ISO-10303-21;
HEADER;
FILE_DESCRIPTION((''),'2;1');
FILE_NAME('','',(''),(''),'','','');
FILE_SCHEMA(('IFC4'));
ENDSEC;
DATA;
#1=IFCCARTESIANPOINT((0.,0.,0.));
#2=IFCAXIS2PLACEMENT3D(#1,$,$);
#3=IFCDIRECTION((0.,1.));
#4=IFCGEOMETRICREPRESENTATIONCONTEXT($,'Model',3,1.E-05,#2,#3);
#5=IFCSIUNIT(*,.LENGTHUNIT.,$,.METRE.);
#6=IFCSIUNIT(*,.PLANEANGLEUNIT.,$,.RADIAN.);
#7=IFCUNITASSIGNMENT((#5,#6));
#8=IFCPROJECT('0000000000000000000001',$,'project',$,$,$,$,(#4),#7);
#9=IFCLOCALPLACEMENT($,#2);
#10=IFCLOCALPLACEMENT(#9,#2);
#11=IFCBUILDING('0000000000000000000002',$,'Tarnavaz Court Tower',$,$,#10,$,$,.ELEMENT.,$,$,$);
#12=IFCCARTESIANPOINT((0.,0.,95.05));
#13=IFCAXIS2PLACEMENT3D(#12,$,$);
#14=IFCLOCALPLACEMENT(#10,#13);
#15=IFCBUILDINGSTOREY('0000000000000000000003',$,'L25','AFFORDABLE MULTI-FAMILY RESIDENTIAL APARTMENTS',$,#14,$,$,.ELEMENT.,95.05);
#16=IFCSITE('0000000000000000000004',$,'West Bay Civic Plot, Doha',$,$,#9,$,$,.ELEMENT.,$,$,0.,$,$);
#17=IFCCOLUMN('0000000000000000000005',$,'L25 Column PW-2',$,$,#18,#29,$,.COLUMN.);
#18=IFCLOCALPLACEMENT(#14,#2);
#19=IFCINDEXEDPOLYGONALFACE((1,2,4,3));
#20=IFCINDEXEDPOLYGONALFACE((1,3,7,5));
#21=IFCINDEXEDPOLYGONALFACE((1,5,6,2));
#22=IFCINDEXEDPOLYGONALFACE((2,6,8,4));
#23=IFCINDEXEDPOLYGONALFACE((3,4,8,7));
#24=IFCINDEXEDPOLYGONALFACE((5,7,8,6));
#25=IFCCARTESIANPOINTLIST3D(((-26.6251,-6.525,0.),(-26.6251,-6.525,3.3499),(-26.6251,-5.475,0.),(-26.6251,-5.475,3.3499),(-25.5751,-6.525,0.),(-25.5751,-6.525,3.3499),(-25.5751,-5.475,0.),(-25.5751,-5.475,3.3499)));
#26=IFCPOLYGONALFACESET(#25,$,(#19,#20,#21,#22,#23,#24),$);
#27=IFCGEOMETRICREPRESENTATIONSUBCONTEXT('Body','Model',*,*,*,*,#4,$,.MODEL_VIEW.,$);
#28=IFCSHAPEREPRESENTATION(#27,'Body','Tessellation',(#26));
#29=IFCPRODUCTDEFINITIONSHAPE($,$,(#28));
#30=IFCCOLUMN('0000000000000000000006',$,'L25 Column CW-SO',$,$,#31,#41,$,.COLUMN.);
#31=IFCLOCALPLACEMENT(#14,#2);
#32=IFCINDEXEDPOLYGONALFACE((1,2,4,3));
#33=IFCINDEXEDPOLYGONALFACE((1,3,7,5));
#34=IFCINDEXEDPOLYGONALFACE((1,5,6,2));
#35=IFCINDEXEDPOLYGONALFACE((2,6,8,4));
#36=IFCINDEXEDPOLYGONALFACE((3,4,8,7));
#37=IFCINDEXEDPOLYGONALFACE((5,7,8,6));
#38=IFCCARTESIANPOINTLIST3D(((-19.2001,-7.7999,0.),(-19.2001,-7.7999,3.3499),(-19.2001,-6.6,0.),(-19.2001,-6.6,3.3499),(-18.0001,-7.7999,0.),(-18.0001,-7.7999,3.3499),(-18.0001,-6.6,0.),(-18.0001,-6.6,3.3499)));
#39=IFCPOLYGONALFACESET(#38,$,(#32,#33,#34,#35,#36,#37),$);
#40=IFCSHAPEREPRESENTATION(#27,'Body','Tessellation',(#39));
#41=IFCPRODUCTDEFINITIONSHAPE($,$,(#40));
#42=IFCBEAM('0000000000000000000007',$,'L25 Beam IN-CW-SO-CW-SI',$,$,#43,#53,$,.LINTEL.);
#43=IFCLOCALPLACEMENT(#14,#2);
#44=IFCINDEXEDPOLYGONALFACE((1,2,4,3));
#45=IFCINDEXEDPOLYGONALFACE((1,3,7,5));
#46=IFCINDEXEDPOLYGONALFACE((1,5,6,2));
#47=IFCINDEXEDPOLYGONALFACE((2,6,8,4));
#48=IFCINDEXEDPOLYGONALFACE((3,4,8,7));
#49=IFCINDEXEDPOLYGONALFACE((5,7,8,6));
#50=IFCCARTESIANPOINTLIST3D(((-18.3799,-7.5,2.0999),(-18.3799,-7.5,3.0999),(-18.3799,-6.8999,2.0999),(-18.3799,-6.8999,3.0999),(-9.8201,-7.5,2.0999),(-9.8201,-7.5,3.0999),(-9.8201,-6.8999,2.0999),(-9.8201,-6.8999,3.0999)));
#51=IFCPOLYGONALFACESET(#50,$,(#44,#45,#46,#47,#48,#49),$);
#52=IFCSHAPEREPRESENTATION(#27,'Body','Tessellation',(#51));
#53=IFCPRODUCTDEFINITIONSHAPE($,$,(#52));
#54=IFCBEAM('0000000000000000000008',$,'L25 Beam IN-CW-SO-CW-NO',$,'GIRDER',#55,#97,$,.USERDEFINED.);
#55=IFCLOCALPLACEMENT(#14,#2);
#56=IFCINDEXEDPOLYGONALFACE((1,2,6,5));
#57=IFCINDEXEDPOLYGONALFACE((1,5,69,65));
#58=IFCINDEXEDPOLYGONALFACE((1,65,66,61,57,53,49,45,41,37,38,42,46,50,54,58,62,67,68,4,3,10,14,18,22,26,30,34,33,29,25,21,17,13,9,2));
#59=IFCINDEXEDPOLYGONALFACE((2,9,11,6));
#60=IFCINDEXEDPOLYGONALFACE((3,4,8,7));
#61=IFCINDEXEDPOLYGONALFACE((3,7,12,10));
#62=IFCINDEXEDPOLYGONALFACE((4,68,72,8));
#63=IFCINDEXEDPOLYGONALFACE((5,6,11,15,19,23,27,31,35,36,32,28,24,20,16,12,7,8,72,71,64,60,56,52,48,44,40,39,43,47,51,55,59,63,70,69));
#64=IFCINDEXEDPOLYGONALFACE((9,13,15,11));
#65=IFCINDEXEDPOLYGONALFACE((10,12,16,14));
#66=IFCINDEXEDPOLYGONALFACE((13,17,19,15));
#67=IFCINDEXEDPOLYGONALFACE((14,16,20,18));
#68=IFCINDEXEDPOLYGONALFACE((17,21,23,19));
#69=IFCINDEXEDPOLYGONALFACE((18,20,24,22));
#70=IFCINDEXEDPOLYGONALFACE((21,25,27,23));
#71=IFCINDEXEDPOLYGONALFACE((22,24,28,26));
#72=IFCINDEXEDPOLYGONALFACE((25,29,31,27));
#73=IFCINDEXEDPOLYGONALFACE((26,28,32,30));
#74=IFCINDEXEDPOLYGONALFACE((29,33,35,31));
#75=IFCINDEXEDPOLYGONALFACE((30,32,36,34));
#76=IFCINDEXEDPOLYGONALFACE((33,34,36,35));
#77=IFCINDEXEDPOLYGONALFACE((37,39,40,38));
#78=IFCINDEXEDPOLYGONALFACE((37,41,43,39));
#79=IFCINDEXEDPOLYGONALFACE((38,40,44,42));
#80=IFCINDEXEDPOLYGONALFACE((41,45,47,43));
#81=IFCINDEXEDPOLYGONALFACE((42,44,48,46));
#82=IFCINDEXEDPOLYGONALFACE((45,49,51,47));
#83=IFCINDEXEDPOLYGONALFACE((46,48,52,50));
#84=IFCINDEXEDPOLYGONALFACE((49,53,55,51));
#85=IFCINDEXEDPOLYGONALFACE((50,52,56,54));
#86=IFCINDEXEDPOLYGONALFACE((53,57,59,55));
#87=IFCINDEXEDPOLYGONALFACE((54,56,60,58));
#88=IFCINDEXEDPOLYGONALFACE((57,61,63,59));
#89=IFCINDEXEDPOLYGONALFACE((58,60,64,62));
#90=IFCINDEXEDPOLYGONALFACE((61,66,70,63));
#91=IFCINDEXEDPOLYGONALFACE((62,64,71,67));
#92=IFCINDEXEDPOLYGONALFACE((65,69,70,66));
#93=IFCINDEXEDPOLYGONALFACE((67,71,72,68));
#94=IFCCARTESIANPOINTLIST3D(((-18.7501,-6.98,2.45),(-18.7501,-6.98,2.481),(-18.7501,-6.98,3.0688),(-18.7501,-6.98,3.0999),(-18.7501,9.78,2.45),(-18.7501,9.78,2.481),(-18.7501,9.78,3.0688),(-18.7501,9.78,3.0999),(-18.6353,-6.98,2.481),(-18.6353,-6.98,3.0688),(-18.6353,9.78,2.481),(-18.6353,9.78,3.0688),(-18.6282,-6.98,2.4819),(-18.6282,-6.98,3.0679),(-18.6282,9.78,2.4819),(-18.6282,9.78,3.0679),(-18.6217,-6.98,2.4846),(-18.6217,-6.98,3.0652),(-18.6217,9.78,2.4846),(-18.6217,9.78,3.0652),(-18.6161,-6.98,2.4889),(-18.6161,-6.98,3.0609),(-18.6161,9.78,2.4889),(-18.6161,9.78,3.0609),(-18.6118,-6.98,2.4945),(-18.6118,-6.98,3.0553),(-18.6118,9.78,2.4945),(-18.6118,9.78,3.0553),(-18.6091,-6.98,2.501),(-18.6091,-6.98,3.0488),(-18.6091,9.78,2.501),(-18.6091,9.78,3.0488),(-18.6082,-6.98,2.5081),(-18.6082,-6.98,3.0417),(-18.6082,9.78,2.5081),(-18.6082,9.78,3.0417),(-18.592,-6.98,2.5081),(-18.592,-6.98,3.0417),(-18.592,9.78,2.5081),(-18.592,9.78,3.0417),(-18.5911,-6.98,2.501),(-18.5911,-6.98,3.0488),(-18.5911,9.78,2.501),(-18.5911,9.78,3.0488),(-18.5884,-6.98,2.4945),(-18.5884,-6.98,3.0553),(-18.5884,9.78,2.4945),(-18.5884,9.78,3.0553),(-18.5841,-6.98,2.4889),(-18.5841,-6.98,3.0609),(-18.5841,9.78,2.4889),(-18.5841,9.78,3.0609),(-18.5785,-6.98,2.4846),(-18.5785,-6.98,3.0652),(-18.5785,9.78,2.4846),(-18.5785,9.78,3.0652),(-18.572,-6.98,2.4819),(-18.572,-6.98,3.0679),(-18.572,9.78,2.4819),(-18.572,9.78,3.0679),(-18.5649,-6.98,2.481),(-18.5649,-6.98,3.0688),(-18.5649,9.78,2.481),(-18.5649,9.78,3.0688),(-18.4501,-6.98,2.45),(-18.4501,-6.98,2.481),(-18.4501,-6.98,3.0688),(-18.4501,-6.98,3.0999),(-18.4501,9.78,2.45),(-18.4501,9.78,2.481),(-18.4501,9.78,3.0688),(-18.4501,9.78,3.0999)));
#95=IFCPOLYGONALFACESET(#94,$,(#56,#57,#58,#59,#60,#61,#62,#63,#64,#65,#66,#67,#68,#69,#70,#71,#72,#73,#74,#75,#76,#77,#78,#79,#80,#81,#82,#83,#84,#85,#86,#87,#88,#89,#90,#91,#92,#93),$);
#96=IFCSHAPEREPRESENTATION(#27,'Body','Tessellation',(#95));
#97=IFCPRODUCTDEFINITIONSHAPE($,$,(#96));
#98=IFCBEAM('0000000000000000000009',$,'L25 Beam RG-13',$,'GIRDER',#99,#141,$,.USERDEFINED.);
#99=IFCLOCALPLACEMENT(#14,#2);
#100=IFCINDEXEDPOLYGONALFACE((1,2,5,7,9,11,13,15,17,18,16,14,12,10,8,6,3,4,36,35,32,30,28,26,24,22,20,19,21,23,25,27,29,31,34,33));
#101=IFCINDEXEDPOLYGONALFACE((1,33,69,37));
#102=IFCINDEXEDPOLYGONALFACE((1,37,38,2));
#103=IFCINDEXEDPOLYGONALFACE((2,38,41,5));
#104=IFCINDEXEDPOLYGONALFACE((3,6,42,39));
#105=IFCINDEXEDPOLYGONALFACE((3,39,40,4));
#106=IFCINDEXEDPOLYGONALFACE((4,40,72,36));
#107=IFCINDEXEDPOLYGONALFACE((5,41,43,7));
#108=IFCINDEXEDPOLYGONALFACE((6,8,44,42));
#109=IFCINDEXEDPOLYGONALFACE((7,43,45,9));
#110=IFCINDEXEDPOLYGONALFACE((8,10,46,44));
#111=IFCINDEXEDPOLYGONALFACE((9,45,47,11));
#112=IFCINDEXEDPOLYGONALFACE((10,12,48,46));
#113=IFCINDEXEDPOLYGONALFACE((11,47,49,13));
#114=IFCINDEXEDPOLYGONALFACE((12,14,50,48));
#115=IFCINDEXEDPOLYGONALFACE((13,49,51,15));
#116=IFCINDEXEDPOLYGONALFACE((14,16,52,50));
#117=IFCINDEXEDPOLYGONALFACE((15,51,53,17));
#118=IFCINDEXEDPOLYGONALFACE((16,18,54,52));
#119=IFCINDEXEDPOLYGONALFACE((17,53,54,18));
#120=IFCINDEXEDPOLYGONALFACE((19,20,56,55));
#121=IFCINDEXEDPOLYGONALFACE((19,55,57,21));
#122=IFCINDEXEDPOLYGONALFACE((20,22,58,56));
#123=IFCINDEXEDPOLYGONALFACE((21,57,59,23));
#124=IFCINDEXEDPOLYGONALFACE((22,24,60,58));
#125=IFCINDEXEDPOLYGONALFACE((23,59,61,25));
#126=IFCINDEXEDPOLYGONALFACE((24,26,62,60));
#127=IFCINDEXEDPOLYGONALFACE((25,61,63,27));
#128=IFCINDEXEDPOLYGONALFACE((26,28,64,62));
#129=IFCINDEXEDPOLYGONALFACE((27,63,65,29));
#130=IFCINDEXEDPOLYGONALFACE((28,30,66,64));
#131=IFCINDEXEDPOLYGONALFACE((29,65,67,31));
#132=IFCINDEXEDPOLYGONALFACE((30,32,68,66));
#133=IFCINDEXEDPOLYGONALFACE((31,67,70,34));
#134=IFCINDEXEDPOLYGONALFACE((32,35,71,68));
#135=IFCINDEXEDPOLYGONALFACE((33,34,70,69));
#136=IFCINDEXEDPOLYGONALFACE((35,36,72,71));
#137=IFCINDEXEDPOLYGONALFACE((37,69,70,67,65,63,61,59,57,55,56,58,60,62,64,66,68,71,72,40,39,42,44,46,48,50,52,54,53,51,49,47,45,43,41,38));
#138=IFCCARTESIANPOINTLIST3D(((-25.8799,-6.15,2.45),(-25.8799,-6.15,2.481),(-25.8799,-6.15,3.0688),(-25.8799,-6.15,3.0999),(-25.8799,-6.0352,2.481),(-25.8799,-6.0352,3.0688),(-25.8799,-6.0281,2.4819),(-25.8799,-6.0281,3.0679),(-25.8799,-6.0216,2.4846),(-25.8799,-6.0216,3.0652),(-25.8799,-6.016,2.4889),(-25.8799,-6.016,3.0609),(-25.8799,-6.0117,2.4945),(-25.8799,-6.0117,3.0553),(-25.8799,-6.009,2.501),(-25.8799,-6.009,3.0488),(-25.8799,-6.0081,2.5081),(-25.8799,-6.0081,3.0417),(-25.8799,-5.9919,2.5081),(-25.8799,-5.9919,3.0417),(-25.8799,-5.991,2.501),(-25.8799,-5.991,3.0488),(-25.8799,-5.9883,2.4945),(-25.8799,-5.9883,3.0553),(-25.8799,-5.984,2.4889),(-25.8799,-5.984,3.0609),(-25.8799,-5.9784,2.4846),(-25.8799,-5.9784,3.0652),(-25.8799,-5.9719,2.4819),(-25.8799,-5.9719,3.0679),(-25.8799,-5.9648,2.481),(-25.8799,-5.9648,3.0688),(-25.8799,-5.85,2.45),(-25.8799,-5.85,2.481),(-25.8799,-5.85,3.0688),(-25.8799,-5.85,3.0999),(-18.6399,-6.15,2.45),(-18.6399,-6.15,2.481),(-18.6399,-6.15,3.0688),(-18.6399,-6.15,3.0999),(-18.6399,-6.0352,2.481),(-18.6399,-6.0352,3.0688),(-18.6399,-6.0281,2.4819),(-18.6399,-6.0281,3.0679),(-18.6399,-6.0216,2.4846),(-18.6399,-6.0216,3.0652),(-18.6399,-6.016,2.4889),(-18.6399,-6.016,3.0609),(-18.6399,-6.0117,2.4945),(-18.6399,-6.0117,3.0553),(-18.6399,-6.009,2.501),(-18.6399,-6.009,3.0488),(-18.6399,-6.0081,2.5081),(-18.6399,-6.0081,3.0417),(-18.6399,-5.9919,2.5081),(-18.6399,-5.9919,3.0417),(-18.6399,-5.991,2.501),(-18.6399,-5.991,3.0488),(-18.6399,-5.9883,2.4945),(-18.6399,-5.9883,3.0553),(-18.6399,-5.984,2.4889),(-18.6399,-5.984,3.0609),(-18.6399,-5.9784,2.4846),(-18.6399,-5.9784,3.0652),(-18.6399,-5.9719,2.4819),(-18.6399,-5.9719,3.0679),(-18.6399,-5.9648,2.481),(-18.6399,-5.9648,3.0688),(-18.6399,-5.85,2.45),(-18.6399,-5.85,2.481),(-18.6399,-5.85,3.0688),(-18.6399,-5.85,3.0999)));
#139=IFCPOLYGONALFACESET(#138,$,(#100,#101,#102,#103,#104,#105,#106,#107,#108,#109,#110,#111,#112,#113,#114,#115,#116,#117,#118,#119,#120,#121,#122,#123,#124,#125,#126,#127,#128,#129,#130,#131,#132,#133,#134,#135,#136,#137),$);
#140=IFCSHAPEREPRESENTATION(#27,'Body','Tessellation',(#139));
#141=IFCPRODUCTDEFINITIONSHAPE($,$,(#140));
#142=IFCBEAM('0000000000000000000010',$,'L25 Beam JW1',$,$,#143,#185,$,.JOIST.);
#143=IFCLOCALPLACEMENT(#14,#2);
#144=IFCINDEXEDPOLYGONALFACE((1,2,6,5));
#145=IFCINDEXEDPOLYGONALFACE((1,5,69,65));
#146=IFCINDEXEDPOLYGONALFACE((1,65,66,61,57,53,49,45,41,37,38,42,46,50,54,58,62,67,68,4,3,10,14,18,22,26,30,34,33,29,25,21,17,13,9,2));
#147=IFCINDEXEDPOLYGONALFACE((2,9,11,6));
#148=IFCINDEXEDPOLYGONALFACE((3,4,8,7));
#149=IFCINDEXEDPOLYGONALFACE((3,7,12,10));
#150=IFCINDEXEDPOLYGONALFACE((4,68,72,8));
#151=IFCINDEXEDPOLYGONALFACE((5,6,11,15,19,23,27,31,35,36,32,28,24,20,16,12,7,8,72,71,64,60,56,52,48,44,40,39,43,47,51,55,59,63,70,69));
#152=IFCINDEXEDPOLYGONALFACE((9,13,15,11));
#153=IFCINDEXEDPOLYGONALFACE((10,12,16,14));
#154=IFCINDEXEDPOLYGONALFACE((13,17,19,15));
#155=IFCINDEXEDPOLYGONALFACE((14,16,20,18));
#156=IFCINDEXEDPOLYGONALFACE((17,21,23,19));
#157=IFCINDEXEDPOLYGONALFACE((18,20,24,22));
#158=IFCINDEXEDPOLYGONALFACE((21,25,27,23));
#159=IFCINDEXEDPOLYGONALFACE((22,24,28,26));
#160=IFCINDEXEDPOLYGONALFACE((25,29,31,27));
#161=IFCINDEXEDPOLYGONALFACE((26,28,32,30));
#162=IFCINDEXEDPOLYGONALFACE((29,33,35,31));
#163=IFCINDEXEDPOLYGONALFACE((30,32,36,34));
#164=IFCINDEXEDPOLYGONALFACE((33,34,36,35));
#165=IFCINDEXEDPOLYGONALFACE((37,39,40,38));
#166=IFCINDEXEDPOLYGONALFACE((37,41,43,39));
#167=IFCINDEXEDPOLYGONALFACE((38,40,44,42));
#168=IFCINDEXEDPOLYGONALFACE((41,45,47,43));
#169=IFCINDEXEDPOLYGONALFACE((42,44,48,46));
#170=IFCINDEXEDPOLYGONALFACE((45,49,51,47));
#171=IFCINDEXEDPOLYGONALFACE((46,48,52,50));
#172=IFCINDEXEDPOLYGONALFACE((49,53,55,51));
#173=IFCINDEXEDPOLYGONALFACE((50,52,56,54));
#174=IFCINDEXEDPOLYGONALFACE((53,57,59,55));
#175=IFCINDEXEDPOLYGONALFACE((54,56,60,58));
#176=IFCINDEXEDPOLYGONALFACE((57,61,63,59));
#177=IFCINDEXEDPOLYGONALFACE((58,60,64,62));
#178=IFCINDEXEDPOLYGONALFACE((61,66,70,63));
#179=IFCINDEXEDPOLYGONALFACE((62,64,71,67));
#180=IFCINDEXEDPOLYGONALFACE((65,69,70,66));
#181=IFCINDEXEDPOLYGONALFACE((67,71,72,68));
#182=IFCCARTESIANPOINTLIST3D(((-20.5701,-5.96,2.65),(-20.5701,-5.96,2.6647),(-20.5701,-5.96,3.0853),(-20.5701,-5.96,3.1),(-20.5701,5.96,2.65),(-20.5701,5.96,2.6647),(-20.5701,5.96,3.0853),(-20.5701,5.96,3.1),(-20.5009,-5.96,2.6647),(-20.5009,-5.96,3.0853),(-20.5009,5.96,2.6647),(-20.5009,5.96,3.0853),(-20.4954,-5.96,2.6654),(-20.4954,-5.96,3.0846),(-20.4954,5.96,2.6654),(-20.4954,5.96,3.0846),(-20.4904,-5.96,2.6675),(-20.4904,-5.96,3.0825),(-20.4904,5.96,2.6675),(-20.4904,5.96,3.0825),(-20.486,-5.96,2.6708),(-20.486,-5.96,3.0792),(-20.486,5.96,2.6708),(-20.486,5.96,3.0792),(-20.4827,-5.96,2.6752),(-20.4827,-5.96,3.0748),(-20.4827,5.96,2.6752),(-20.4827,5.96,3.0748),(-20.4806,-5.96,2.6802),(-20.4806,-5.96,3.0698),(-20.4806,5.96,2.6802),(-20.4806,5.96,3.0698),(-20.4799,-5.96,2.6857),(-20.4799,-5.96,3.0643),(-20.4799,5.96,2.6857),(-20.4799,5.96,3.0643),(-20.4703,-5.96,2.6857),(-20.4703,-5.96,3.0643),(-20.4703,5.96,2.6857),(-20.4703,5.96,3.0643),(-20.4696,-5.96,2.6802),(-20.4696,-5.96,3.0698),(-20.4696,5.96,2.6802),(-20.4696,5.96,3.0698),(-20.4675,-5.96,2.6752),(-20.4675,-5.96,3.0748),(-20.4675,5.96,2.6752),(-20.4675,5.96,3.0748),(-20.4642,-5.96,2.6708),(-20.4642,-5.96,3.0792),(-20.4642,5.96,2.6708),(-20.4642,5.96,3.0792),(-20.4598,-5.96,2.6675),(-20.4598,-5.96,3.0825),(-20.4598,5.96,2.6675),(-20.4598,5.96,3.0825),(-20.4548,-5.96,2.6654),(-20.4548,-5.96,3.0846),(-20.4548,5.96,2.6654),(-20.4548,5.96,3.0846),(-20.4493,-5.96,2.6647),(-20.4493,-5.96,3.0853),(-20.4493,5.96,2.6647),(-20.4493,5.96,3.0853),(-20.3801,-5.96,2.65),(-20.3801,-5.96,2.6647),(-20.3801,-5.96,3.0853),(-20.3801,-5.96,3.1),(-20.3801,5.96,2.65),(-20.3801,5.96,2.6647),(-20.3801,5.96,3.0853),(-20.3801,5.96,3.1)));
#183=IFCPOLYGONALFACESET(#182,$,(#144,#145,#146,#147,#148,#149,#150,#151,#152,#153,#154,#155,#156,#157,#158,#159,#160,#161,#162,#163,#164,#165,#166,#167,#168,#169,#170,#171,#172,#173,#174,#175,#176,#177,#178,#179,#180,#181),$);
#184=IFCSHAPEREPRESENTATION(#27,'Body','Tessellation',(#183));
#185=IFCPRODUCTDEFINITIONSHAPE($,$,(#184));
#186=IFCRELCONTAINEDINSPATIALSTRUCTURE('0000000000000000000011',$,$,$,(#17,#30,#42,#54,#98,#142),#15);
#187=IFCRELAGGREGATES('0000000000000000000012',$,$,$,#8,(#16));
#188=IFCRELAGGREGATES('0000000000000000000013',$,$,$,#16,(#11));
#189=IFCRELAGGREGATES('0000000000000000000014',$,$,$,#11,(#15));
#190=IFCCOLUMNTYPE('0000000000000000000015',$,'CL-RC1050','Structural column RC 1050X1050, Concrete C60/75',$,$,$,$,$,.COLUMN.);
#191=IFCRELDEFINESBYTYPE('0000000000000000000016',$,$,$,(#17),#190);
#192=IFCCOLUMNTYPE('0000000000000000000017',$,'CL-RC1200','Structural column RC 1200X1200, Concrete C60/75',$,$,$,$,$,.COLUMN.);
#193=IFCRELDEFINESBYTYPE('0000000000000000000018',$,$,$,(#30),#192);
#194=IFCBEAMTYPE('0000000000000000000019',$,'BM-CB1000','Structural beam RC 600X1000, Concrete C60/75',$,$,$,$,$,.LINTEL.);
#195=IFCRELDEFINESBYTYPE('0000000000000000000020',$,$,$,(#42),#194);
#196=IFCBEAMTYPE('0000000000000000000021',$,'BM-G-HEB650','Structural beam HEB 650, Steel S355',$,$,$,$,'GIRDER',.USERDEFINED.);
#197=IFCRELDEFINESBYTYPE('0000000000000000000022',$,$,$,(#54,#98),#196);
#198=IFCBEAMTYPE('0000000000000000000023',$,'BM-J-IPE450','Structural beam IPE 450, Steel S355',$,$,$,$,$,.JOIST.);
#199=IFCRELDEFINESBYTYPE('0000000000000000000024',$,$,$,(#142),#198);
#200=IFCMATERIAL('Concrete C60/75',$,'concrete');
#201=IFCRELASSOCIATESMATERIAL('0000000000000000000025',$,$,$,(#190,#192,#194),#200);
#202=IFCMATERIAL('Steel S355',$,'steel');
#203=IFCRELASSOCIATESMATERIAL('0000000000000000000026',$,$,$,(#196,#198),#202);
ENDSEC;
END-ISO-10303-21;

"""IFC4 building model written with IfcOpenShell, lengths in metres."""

from ifc_helpers import new_model, si_unit, direction, frame, origin, origin_2d, place, context, subcontext, project, spatial, rectangle, i_section, extrude, material, material_profile, profile_set, type_object, element, save


model = new_model("IFC4")

# Units and contexts
model_context = context("Model", 3, precision=1e-05, world=origin(), true_north=direction((0.0, 1.0)))
body_context = subcontext(model_context, "Body", "Model", "MODEL_VIEW")
ifc_project = project(units=[si_unit("LENGTHUNIT", "METRE"), si_unit("PLANEANGLEUNIT", "RADIAN")], contexts=[model_context])

# Site, building, storey
site_placement = place(None, origin())
site = spatial("IfcSite", under=ifc_project, at=site_placement, Name="West Bay Civic Plot, Doha", CompositionType="ELEMENT", RefElevation=0.0)
building_placement = place(site_placement, origin())
building = spatial("IfcBuilding", under=site, at=building_placement, Name="Tarnavaz Court Tower", CompositionType="ELEMENT")
storey_placement = place(building_placement, frame((0.0, 0.0, 95.05)))
storey = spatial("IfcBuildingStorey", under=building, at=storey_placement, Name="L25", Description="AFFORDABLE MULTI-FAMILY RESIDENTIAL APARTMENTS", CompositionType="ELEMENT", Elevation=95.05)

# Columns
ifc_material_1 = material(Name="Concrete C60/75", Category="concrete")
ifc_material_profile_1 = material_profile(ifc_material_1, rectangle(XDim=1.05, YDim=1.05, at=origin_2d()), Name="RC 1050X1050")
ifc_profile_set_1 = profile_set([ifc_material_profile_1], Name="Concrete C60/75")
column_type_1 = type_object("IfcColumnType", Name="CL-RC1050", Description="Structural column RC 1050X1050, Concrete C60/75", PredefinedType="COLUMN", material=ifc_profile_set_1)
column_1_placement = place(storey_placement, frame((-26.1001, -6.0, 0.0), z_axis=(0.0, 0.0, 1.0), x_axis=(1.0, 0.0, 0.0)))
element("IfcColumn", 1, at=column_1_placement, inside=storey, type_object=column_type_1, Name="L25 Column PW-2", PredefinedType="COLUMN", context=body_context, shape_type="SweptSolid", body=[
    extrude(rectangle(XDim=1.05, YDim=1.05, at=origin_2d()), origin(), (0.0, 0.0, 1.0), 3.3499),
])
ifc_material_profile_2 = material_profile(ifc_material_1, rectangle(XDim=1.2, YDim=1.2, at=origin_2d()), Name="RC 1200X1200")
ifc_profile_set_2 = profile_set([ifc_material_profile_2], Name="Concrete C60/75")
column_type_2 = type_object("IfcColumnType", Name="CL-RC1200", Description="Structural column RC 1200X1200, Concrete C60/75", PredefinedType="COLUMN", material=ifc_profile_set_2)
column_2_placement = place(storey_placement, frame((-18.6001, -7.2, 0.0), z_axis=(0.0, 0.0, 1.0), x_axis=(1.0, 0.0, 0.0)))
element("IfcColumn", 2, at=column_2_placement, inside=storey, type_object=column_type_2, Name="L25 Column CW-SO", PredefinedType="COLUMN", context=body_context, shape_type="SweptSolid", body=[
    extrude(rectangle(XDim=1.2, YDim=1.2, at=origin_2d()), origin(), (0.0, 0.0, 1.0), 3.3499),
])

# Beams
ifc_material_profile_3 = material_profile(ifc_material_1, rectangle(XDim=0.6001, YDim=1.0, at=origin_2d()), Name="RC 600X1000")
ifc_profile_set_3 = profile_set([ifc_material_profile_3], Name="Concrete C60/75")
beam_type_1 = type_object("IfcBeamType", Name="BM-CB1000", Description="Structural beam RC 600X1000, Concrete C60/75", PredefinedType="LINTEL", material=ifc_profile_set_3)
beam_1_placement = place(storey_placement, frame((-18.3799, -7.2, 2.5999), z_axis=(1.0, 0.0, 0.0), x_axis=(0.0, 1.0, 0.0)))
element("IfcBeam", 3, at=beam_1_placement, inside=storey, type_object=beam_type_1, Name="L25 Beam IN-CW-SO-CW-SI", PredefinedType="LINTEL", context=body_context, shape_type="SweptSolid", body=[
    extrude(rectangle(XDim=0.6001, YDim=1.0, at=origin_2d()), origin(), (0.0, 0.0, 1.0), 8.5598),
])
ifc_material_2 = material(Name="Steel S355", Category="steel")
ifc_material_profile_4 = material_profile(ifc_material_2, i_section(OverallWidth=0.3, OverallDepth=0.6499, WebThickness=0.0161, FlangeThickness=0.031, FilletRadius=0.0271, at=origin_2d()), Name="HEB 650")
ifc_profile_set_4 = profile_set([ifc_material_profile_4], Name="Steel S355")
beam_type_2 = type_object("IfcBeamType", Name="BM-G-HEB650", Description="Structural beam HEB 650, Steel S355", ElementType="GIRDER", PredefinedType="USERDEFINED", material=ifc_profile_set_4)
beam_2_placement = place(storey_placement, frame((-18.6001, -6.98, 2.7749), z_axis=(0.0, 1.0, 0.0), x_axis=(-1.0, 0.0, 0.0)))
element("IfcBeam", 4, at=beam_2_placement, inside=storey, type_object=beam_type_2, Name="L25 Beam IN-CW-SO-CW-NO", ObjectType="GIRDER", PredefinedType="USERDEFINED", context=body_context, shape_type="SweptSolid", body=[
    extrude(i_section(OverallWidth=0.3, OverallDepth=0.6499, WebThickness=0.0161, FlangeThickness=0.031, FilletRadius=0.0271, at=origin_2d()), origin(), (0.0, 0.0, 1.0), 16.76),
])
beam_3_placement = place(storey_placement, frame((-18.6399, -6.0, 2.7749), z_axis=(-1.0, 0.0, 0.0), x_axis=(0.0, -1.0, 0.0)))
element("IfcBeam", 5, at=beam_3_placement, inside=storey, type_object=beam_type_2, Name="L25 Beam RG-13", ObjectType="GIRDER", PredefinedType="USERDEFINED", context=body_context, shape_type="SweptSolid", body=[
    extrude(i_section(OverallWidth=0.3, OverallDepth=0.6499, WebThickness=0.0161, FlangeThickness=0.031, FilletRadius=0.0271, at=origin_2d()), origin(), (0.0, 0.0, 1.0), 7.24),
])
ifc_material_profile_5 = material_profile(ifc_material_2, i_section(OverallWidth=0.1899, OverallDepth=0.45, WebThickness=0.0095, FlangeThickness=0.0146, FilletRadius=0.021, at=origin_2d()), Name="IPE 450")
ifc_profile_set_5 = profile_set([ifc_material_profile_5], Name="Steel S355")
beam_type_3 = type_object("IfcBeamType", Name="BM-J-IPE450", Description="Structural beam IPE 450, Steel S355", PredefinedType="JOIST", material=ifc_profile_set_5)
for number, where, z_axis, x_axis, name in (
    (6, (-20.4751, -5.96, 2.875), (0.0, 1.0, 0.0), (-1.0, 0.0, 0.0), "L25 Beam JW1"),
):
    element("IfcBeam", number, at=place(storey_placement, frame(where, z_axis=z_axis, x_axis=x_axis)), inside=storey, type_object=beam_type_3, Name=name, PredefinedType="JOIST", context=body_context, shape_type="SweptSolid", body=[
        extrude(i_section(OverallWidth=0.1899, OverallDepth=0.45, WebThickness=0.0095, FlangeThickness=0.0146, FilletRadius=0.021, at=origin_2d()), origin(), (0.0, 0.0, 1.0), 11.9199),
    ])

save(model, "model.ifc")
